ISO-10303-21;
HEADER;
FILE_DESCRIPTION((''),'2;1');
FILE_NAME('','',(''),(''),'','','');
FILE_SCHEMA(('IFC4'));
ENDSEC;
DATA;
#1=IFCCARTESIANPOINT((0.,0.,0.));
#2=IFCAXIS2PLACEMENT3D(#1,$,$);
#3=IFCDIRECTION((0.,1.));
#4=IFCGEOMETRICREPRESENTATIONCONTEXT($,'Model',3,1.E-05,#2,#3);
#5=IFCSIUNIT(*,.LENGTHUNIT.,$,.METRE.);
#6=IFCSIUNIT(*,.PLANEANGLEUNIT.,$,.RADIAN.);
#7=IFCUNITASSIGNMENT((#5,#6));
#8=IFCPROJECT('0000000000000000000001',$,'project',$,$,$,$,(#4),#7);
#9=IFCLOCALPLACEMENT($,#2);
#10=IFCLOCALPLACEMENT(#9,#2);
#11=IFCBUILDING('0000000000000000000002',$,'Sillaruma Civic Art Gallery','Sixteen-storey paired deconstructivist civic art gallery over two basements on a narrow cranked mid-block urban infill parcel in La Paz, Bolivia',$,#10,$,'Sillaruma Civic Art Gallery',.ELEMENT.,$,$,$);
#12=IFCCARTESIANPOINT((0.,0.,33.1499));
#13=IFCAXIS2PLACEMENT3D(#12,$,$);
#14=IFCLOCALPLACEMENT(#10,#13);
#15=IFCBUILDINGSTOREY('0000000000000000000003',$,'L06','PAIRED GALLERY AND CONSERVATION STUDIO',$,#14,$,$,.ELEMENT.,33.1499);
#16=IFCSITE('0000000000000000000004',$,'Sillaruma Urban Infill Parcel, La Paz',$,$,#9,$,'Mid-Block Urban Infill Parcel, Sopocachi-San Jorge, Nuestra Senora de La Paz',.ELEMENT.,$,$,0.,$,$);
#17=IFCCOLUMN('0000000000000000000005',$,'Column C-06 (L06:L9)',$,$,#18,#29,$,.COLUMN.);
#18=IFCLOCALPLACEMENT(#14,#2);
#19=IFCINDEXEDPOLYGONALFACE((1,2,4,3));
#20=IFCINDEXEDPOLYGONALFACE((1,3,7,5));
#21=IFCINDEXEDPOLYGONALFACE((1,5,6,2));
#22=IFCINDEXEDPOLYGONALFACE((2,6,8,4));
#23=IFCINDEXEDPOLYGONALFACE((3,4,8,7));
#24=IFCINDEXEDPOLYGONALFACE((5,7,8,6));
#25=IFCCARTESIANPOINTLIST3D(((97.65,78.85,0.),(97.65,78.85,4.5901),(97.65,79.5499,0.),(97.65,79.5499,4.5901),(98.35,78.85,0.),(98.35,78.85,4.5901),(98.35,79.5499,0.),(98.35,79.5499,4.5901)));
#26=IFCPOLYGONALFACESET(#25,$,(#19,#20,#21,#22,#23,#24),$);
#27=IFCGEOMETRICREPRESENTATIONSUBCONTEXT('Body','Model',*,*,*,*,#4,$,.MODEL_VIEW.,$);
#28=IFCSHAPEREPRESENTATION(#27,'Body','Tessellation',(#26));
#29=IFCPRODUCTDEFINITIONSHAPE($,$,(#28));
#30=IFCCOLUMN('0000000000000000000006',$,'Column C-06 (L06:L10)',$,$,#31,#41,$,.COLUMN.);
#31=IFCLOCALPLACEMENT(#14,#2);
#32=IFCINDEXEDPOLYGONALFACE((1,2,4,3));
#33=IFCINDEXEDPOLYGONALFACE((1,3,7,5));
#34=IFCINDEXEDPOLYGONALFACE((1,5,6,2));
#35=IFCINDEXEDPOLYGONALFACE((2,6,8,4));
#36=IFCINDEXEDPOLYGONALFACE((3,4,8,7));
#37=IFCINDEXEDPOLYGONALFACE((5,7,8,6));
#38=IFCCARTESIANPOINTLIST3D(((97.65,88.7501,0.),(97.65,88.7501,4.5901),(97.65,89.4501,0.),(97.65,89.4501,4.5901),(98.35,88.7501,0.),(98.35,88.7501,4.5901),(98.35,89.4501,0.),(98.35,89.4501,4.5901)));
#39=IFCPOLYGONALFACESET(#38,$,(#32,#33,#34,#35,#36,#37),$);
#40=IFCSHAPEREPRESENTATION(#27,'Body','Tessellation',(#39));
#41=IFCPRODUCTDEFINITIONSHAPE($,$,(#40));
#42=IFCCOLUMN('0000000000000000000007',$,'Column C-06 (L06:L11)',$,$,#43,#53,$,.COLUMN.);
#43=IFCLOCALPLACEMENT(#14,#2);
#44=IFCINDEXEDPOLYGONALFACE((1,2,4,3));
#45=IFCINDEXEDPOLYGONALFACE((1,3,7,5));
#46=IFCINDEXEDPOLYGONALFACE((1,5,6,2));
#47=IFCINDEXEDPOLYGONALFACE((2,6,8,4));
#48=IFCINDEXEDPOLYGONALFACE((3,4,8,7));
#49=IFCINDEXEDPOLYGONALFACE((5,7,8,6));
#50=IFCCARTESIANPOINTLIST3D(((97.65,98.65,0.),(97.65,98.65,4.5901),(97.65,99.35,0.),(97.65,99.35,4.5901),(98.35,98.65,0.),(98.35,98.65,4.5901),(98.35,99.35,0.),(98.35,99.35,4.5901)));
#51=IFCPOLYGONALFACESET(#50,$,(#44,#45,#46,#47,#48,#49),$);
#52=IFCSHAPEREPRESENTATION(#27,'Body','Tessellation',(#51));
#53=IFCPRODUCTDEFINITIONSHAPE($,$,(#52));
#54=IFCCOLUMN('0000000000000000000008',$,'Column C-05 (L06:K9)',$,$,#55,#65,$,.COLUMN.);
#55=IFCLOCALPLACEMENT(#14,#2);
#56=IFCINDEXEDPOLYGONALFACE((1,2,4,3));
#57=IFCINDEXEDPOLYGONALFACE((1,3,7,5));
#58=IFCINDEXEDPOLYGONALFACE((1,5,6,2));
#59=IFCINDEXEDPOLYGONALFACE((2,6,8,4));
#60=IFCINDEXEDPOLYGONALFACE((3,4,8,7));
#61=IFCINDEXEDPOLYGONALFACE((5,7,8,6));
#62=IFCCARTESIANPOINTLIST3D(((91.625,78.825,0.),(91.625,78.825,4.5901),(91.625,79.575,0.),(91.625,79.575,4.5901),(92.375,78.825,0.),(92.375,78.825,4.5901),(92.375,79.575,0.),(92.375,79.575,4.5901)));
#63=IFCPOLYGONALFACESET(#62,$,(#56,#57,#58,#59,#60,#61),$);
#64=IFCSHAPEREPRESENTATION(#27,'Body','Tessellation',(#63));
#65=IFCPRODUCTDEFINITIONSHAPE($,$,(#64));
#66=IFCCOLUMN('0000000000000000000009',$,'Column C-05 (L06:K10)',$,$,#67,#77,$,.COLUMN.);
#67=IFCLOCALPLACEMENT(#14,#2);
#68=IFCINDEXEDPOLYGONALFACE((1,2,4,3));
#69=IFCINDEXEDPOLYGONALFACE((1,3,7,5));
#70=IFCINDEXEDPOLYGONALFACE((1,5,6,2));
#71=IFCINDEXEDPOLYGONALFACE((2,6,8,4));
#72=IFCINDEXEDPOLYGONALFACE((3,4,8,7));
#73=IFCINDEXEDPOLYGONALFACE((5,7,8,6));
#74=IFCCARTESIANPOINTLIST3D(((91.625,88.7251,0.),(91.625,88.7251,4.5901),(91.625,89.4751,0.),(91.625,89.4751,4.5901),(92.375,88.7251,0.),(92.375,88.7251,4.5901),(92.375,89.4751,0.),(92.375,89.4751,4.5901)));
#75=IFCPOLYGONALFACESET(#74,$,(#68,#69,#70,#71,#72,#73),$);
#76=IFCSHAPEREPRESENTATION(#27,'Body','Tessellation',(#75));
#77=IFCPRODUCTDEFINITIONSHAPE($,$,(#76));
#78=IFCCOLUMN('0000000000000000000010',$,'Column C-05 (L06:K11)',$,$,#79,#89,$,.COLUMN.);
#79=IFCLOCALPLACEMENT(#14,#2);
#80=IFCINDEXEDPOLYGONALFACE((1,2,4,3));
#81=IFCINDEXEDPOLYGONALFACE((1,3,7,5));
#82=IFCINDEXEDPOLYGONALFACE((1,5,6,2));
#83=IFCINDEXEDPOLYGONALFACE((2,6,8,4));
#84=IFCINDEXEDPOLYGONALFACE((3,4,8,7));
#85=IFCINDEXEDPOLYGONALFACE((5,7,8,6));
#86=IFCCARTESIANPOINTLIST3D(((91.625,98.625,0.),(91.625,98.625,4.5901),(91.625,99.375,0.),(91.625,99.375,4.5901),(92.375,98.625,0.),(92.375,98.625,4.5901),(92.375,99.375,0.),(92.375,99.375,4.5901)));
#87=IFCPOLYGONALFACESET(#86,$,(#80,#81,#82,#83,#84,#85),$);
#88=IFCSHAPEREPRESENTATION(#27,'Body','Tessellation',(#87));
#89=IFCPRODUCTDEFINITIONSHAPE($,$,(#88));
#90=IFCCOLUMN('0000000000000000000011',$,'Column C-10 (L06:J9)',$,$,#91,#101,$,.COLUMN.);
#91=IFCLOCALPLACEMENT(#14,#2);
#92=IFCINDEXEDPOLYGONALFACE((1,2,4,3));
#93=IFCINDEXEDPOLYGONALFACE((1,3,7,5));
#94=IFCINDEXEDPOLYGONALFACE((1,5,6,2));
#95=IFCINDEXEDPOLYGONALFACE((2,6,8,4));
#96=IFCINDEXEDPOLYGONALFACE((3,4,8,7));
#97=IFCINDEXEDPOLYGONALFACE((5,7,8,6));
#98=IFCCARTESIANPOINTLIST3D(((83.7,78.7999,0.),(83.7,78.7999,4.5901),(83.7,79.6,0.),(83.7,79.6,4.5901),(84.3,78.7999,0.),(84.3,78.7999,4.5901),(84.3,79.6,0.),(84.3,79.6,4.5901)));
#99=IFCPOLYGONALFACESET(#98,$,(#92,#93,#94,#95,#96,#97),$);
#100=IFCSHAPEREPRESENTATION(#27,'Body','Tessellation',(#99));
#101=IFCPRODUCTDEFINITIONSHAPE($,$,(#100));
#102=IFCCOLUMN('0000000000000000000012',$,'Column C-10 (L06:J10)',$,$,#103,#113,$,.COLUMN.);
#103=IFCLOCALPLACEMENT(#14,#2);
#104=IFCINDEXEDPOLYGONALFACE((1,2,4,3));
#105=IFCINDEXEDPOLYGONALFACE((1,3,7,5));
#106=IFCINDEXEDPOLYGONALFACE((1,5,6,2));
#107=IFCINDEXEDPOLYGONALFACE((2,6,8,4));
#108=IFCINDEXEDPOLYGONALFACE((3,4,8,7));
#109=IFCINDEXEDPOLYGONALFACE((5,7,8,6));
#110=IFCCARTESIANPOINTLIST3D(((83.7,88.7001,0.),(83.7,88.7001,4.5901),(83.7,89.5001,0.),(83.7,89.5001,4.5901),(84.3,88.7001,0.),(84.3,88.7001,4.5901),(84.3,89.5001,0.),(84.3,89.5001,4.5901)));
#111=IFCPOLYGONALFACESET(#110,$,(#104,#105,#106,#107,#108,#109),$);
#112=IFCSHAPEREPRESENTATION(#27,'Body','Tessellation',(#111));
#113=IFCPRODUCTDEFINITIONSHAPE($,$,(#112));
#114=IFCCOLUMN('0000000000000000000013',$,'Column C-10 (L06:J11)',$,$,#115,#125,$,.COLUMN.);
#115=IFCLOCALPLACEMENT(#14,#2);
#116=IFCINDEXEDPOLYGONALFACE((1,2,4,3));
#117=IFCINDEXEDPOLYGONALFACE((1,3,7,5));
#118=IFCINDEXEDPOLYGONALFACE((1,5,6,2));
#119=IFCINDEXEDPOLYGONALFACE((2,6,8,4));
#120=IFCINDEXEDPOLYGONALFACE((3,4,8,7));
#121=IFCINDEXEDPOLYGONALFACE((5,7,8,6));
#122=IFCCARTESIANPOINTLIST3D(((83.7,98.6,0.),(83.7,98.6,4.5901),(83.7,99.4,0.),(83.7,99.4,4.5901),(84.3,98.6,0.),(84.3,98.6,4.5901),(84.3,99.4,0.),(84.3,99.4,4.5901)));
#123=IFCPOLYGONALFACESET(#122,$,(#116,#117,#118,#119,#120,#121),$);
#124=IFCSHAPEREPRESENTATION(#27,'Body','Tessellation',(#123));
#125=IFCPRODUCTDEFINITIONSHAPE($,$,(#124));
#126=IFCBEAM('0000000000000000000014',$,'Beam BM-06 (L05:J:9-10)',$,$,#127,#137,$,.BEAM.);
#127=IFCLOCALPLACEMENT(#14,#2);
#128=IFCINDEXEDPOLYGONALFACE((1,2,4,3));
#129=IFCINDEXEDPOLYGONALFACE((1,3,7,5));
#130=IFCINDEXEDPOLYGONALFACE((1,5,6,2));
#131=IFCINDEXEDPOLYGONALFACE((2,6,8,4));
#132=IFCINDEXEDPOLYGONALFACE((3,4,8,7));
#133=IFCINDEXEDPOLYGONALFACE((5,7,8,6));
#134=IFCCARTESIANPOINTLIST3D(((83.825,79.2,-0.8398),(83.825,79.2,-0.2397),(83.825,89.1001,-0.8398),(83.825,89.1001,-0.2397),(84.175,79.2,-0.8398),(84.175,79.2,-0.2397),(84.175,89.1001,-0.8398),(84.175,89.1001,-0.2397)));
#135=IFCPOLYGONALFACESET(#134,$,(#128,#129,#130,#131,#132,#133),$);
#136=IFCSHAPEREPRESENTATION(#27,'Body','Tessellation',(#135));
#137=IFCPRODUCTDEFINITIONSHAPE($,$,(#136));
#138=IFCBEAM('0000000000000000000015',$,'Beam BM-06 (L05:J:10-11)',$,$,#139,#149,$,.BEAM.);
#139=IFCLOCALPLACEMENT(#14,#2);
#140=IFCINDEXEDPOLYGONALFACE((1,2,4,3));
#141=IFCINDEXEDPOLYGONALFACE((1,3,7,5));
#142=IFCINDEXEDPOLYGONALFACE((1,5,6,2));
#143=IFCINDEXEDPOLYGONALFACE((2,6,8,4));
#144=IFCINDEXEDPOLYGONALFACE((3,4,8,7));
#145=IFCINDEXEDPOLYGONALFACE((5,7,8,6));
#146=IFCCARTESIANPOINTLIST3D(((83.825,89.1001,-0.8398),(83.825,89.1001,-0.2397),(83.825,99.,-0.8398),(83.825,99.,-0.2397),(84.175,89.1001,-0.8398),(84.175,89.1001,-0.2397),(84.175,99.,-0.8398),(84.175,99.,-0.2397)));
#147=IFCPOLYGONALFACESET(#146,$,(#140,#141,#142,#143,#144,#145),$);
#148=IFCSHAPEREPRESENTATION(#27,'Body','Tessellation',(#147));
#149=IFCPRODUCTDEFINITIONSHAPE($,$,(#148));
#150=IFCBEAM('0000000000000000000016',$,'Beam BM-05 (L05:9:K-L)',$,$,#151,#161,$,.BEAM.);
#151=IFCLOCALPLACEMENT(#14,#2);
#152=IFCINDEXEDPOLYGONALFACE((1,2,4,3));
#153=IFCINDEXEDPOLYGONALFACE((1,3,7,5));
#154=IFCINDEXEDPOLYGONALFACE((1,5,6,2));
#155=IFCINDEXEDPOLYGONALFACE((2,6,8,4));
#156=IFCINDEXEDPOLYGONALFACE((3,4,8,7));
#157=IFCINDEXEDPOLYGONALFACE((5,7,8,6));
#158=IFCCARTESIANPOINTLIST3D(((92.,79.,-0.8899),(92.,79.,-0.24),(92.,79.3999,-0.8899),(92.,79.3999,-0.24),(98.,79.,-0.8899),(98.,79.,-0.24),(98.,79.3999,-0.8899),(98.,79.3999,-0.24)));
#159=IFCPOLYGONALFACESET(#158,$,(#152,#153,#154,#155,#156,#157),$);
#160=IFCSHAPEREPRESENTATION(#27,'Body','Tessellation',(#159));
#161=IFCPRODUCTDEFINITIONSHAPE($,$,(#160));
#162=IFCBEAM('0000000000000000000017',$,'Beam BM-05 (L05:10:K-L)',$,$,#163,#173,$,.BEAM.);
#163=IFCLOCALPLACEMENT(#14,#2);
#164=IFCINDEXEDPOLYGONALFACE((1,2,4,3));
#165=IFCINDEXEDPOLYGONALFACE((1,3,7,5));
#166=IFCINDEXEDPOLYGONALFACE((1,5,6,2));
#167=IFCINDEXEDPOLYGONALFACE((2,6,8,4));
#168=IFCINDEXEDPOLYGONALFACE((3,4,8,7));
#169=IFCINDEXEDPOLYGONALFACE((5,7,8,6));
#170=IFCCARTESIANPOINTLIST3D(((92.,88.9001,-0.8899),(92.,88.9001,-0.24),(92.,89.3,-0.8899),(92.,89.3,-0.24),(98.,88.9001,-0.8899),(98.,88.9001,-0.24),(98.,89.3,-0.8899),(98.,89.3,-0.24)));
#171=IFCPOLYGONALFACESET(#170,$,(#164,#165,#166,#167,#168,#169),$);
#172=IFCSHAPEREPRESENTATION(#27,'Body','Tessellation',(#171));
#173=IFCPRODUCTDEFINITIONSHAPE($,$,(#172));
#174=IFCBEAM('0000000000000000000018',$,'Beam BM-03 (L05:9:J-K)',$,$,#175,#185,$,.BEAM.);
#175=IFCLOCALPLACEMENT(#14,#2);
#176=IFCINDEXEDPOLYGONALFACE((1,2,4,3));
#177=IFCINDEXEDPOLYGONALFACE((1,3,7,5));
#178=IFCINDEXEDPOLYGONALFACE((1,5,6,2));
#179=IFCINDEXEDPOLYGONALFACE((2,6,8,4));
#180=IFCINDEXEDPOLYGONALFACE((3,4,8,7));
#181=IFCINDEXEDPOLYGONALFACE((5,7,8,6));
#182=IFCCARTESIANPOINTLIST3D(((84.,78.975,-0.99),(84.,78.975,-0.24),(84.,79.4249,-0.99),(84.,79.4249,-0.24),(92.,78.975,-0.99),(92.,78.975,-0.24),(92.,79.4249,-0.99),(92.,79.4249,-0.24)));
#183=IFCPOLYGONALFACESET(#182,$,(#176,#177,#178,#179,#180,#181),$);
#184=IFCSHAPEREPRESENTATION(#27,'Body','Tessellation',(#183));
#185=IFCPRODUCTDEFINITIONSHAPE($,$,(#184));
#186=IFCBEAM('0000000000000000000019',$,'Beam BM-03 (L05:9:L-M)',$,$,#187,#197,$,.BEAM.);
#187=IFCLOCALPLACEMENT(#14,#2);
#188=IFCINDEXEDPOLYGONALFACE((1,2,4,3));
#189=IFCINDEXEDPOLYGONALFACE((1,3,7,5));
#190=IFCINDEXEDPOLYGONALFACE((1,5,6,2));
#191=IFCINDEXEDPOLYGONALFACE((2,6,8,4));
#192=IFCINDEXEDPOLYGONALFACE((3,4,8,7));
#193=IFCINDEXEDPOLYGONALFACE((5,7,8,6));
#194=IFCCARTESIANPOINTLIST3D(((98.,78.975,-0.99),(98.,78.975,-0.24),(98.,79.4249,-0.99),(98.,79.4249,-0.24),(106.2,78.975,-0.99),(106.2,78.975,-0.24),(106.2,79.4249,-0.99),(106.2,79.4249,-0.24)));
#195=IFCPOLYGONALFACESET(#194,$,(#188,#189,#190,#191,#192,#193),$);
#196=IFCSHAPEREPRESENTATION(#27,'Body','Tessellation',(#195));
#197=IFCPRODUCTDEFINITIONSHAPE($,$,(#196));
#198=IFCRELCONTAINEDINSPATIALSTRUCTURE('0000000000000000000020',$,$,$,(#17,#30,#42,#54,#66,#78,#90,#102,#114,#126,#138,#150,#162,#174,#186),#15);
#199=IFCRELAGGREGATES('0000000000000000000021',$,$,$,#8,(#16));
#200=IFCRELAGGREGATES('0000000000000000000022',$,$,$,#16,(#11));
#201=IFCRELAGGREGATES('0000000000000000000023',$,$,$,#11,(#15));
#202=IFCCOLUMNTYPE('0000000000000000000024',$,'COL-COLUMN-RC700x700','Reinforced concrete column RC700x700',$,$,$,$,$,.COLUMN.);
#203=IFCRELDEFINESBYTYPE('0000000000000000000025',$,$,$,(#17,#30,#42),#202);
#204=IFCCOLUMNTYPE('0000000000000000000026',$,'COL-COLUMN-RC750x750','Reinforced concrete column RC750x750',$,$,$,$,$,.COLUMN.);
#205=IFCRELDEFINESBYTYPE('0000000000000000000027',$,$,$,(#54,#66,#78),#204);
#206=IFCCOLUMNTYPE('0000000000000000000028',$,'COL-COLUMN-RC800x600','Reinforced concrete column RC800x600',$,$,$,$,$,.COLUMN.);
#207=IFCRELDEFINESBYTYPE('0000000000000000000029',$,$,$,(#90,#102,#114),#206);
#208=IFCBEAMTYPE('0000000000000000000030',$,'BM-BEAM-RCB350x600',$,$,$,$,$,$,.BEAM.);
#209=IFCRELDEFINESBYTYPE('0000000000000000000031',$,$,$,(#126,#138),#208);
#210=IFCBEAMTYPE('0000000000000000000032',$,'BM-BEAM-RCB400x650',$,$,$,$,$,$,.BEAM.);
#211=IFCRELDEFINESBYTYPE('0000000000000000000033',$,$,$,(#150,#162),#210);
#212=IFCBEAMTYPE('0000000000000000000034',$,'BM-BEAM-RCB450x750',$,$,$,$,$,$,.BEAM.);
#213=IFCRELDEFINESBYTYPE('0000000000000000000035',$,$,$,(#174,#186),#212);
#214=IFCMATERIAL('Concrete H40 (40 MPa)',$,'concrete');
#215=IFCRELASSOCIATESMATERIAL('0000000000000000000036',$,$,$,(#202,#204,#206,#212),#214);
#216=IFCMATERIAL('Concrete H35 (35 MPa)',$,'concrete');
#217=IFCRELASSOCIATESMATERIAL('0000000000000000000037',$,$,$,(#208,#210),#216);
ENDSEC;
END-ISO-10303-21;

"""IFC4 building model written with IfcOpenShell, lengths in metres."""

from ifc_helpers import new_model, si_unit, direction, frame, origin, origin_2d, place, context, subcontext, project, spatial, rectangle, extrude, material, material_profile, profile_set, type_object, element, save


model = new_model("IFC4")

# Units and contexts
model_context = context("Model", 3, precision=1e-05, world=origin(), true_north=direction((0.0, 1.0)))
body_context = subcontext(model_context, "Body", "Model", "MODEL_VIEW")
ifc_project = project(units=[si_unit("LENGTHUNIT", "METRE"), si_unit("PLANEANGLEUNIT", "RADIAN")], contexts=[model_context])

# Site, building, storey
site_placement = place(None, origin())
site = spatial("IfcSite", under=ifc_project, at=site_placement, Name="Sillaruma Urban Infill Parcel, La Paz", LongName="Mid-Block Urban Infill Parcel, Sopocachi-San Jorge, Nuestra Senora de La Paz", CompositionType="ELEMENT", RefElevation=0.0)
building_placement = place(site_placement, origin())
building = spatial("IfcBuilding", under=site, at=building_placement, Name="Sillaruma Civic Art Gallery", Description="Sixteen-storey paired deconstructivist civic art gallery over two basements on a narrow cranked mid-block urban infill parcel in La Paz, Bolivia", LongName="Sillaruma Civic Art Gallery", CompositionType="ELEMENT")
storey_placement = place(building_placement, frame((0.0, 0.0, 33.1499)))
storey = spatial("IfcBuildingStorey", under=building, at=storey_placement, Name="L06", Description="PAIRED GALLERY AND CONSERVATION STUDIO", CompositionType="ELEMENT", Elevation=33.1499)

# Columns
ifc_material_1 = material(Name="Concrete H40 (40 MPa)", Category="concrete")
ifc_material_profile_1 = material_profile(ifc_material_1, rectangle(XDim=0.7, YDim=0.7, at=origin_2d()), Name="RC700x700")
ifc_profile_set_1 = profile_set([ifc_material_profile_1], Name="Concrete H40 (40 MPa)")
column_type_1 = type_object("IfcColumnType", Name="COL-COLUMN-RC700x700", Description="Reinforced concrete column RC700x700", PredefinedType="COLUMN", material=ifc_profile_set_1)
for number, where, z_axis, x_axis, name in (
    (1, (98.0, 79.2, 0.0), (0.0, 0.0, 1.0), (1.0, 0.0, 0.0), "Column C-06 (L06:L9)"),
    (2, (98.0, 89.1001, 0.0), (0.0, 0.0, 1.0), (1.0, 0.0, 0.0), "Column C-06 (L06:L10)"),
    (3, (98.0, 99.0, 0.0), (0.0, 0.0, 1.0), (1.0, 0.0, 0.0), "Column C-06 (L06:L11)"),
):
    element("IfcColumn", number, at=place(storey_placement, frame(where, z_axis=z_axis, x_axis=x_axis)), inside=storey, type_object=column_type_1, Name=name, PredefinedType="COLUMN", context=body_context, shape_type="SweptSolid", body=[
        extrude(rectangle(XDim=0.7, YDim=0.7, at=origin_2d()), origin(), (0.0, 0.0, 1.0), 4.5901),
    ])
ifc_material_profile_2 = material_profile(ifc_material_1, rectangle(XDim=0.75, YDim=0.75, at=origin_2d()), Name="RC750x750")
ifc_profile_set_2 = profile_set([ifc_material_profile_2], Name="Concrete H40 (40 MPa)")
column_type_2 = type_object("IfcColumnType", Name="COL-COLUMN-RC750x750", Description="Reinforced concrete column RC750x750", PredefinedType="COLUMN", material=ifc_profile_set_2)
for number, where, z_axis, x_axis, name in (
    (4, (92.0, 79.2, 0.0), (0.0, 0.0, 1.0), (1.0, 0.0, 0.0), "Column C-05 (L06:K9)"),
    (5, (92.0, 89.1001, 0.0), (0.0, 0.0, 1.0), (1.0, 0.0, 0.0), "Column C-05 (L06:K10)"),
    (6, (92.0, 99.0, 0.0), (0.0, 0.0, 1.0), (1.0, 0.0, 0.0), "Column C-05 (L06:K11)"),
):
    element("IfcColumn", number, at=place(storey_placement, frame(where, z_axis=z_axis, x_axis=x_axis)), inside=storey, type_object=column_type_2, Name=name, PredefinedType="COLUMN", context=body_context, shape_type="SweptSolid", body=[
        extrude(rectangle(XDim=0.75, YDim=0.75, at=origin_2d()), origin(), (0.0, 0.0, 1.0), 4.5901),
    ])
ifc_material_profile_3 = material_profile(ifc_material_1, rectangle(XDim=0.6001, YDim=0.8, at=origin_2d()), Name="RC800x600")
ifc_profile_set_3 = profile_set([ifc_material_profile_3], Name="Concrete H40 (40 MPa)")
column_type_3 = type_object("IfcColumnType", Name="COL-COLUMN-RC800x600", Description="Reinforced concrete column RC800x600", PredefinedType="COLUMN", material=ifc_profile_set_3)
for number, where, z_axis, x_axis, name in (
    (7, (84.0, 79.2, 0.0), (0.0, 0.0, 1.0), (1.0, 0.0, 0.0), "Column C-10 (L06:J9)"),
    (8, (84.0, 89.1001, 0.0), (0.0, 0.0, 1.0), (1.0, 0.0, 0.0), "Column C-10 (L06:J10)"),
    (9, (84.0, 99.0, 0.0), (0.0, 0.0, 1.0), (1.0, 0.0, 0.0), "Column C-10 (L06:J11)"),
):
    element("IfcColumn", number, at=place(storey_placement, frame(where, z_axis=z_axis, x_axis=x_axis)), inside=storey, type_object=column_type_3, Name=name, PredefinedType="COLUMN", context=body_context, shape_type="SweptSolid", body=[
        extrude(rectangle(XDim=0.6001, YDim=0.8, at=origin_2d()), origin(), (0.0, 0.0, 1.0), 4.5901),
    ])

# Beams
ifc_material_2 = material(Name="Concrete H35 (35 MPa)", Category="concrete")
ifc_material_profile_4 = material_profile(ifc_material_2, rectangle(XDim=0.3501, YDim=0.6001, at=origin_2d()), Name="RCB350x600")
ifc_profile_set_4 = profile_set([ifc_material_profile_4], Name="Concrete H35 (35 MPa)")
beam_type_1 = type_object("IfcBeamType", Name="BM-BEAM-RCB350x600", PredefinedType="BEAM", material=ifc_profile_set_4)
beam_1_placement = place(storey_placement, frame((84.0, 79.2, -0.5398), z_axis=(0.0, 1.0, 0.0), x_axis=(-1.0, 0.0, 0.0)))
element("IfcBeam", 10, at=beam_1_placement, inside=storey, type_object=beam_type_1, Name="Beam BM-06 (L05:J:9-10)", PredefinedType="BEAM", context=body_context, shape_type="SweptSolid", body=[
    extrude(rectangle(XDim=0.3501, YDim=0.6001, at=origin_2d()), origin(), (0.0, 0.0, 1.0), 9.9001),
])
beam_2_placement = place(storey_placement, frame((84.0, 89.1001, -0.5398), z_axis=(0.0, 1.0, 0.0), x_axis=(-1.0, 0.0, 0.0)))
element("IfcBeam", 11, at=beam_2_placement, inside=storey, type_object=beam_type_1, Name="Beam BM-06 (L05:J:10-11)", PredefinedType="BEAM", context=body_context, shape_type="SweptSolid", body=[
    extrude(rectangle(XDim=0.3501, YDim=0.6001, at=origin_2d()), origin(), (0.0, 0.0, 1.0), 9.8999),
])
ifc_material_profile_5 = material_profile(ifc_material_2, rectangle(XDim=0.3999, YDim=0.6499, at=origin_2d()), Name="RCB400x650")
ifc_profile_set_5 = profile_set([ifc_material_profile_5], Name="Concrete H35 (35 MPa)")
beam_type_2 = type_object("IfcBeamType", Name="BM-BEAM-RCB400x650", PredefinedType="BEAM", material=ifc_profile_set_5)
for number, where, z_axis, x_axis, name in (
    (12, (92.0, 79.2, -0.5649), (1.0, 0.0, 0.0), (0.0, 1.0, 0.0), "Beam BM-05 (L05:9:K-L)"),
    (13, (92.0, 89.1001, -0.5649), (1.0, 0.0, 0.0), (0.0, 1.0, 0.0), "Beam BM-05 (L05:10:K-L)"),
):
    element("IfcBeam", number, at=place(storey_placement, frame(where, z_axis=z_axis, x_axis=x_axis)), inside=storey, type_object=beam_type_2, Name=name, PredefinedType="BEAM", context=body_context, shape_type="SweptSolid", body=[
        extrude(rectangle(XDim=0.3999, YDim=0.6499, at=origin_2d()), origin(), (0.0, 0.0, 1.0), 6.0),
    ])
ifc_material_profile_6 = material_profile(ifc_material_1, rectangle(XDim=0.45, YDim=0.75, at=origin_2d()), Name="RCB450x750")
ifc_profile_set_6 = profile_set([ifc_material_profile_6], Name="Concrete H40 (40 MPa)")
beam_type_3 = type_object("IfcBeamType", Name="BM-BEAM-RCB450x750", PredefinedType="BEAM", material=ifc_profile_set_6)
beam_3_placement = place(storey_placement, frame((84.0, 79.2, -0.615), z_axis=(1.0, 0.0, 0.0), x_axis=(0.0, 1.0, 0.0)))
element("IfcBeam", 14, at=beam_3_placement, inside=storey, type_object=beam_type_3, Name="Beam BM-03 (L05:9:J-K)", PredefinedType="BEAM", context=body_context, shape_type="SweptSolid", body=[
    extrude(rectangle(XDim=0.45, YDim=0.75, at=origin_2d()), origin(), (0.0, 0.0, 1.0), 8.0),
])
beam_4_placement = place(storey_placement, frame((98.0, 79.2, -0.615), z_axis=(1.0, 0.0, 0.0), x_axis=(0.0, 1.0, 0.0)))
element("IfcBeam", 15, at=beam_4_placement, inside=storey, type_object=beam_type_3, Name="Beam BM-03 (L05:9:L-M)", PredefinedType="BEAM", context=body_context, shape_type="SweptSolid", body=[
    extrude(rectangle(XDim=0.45, YDim=0.75, at=origin_2d()), origin(), (0.0, 0.0, 1.0), 8.2),
])

save(model, "model.ifc")
